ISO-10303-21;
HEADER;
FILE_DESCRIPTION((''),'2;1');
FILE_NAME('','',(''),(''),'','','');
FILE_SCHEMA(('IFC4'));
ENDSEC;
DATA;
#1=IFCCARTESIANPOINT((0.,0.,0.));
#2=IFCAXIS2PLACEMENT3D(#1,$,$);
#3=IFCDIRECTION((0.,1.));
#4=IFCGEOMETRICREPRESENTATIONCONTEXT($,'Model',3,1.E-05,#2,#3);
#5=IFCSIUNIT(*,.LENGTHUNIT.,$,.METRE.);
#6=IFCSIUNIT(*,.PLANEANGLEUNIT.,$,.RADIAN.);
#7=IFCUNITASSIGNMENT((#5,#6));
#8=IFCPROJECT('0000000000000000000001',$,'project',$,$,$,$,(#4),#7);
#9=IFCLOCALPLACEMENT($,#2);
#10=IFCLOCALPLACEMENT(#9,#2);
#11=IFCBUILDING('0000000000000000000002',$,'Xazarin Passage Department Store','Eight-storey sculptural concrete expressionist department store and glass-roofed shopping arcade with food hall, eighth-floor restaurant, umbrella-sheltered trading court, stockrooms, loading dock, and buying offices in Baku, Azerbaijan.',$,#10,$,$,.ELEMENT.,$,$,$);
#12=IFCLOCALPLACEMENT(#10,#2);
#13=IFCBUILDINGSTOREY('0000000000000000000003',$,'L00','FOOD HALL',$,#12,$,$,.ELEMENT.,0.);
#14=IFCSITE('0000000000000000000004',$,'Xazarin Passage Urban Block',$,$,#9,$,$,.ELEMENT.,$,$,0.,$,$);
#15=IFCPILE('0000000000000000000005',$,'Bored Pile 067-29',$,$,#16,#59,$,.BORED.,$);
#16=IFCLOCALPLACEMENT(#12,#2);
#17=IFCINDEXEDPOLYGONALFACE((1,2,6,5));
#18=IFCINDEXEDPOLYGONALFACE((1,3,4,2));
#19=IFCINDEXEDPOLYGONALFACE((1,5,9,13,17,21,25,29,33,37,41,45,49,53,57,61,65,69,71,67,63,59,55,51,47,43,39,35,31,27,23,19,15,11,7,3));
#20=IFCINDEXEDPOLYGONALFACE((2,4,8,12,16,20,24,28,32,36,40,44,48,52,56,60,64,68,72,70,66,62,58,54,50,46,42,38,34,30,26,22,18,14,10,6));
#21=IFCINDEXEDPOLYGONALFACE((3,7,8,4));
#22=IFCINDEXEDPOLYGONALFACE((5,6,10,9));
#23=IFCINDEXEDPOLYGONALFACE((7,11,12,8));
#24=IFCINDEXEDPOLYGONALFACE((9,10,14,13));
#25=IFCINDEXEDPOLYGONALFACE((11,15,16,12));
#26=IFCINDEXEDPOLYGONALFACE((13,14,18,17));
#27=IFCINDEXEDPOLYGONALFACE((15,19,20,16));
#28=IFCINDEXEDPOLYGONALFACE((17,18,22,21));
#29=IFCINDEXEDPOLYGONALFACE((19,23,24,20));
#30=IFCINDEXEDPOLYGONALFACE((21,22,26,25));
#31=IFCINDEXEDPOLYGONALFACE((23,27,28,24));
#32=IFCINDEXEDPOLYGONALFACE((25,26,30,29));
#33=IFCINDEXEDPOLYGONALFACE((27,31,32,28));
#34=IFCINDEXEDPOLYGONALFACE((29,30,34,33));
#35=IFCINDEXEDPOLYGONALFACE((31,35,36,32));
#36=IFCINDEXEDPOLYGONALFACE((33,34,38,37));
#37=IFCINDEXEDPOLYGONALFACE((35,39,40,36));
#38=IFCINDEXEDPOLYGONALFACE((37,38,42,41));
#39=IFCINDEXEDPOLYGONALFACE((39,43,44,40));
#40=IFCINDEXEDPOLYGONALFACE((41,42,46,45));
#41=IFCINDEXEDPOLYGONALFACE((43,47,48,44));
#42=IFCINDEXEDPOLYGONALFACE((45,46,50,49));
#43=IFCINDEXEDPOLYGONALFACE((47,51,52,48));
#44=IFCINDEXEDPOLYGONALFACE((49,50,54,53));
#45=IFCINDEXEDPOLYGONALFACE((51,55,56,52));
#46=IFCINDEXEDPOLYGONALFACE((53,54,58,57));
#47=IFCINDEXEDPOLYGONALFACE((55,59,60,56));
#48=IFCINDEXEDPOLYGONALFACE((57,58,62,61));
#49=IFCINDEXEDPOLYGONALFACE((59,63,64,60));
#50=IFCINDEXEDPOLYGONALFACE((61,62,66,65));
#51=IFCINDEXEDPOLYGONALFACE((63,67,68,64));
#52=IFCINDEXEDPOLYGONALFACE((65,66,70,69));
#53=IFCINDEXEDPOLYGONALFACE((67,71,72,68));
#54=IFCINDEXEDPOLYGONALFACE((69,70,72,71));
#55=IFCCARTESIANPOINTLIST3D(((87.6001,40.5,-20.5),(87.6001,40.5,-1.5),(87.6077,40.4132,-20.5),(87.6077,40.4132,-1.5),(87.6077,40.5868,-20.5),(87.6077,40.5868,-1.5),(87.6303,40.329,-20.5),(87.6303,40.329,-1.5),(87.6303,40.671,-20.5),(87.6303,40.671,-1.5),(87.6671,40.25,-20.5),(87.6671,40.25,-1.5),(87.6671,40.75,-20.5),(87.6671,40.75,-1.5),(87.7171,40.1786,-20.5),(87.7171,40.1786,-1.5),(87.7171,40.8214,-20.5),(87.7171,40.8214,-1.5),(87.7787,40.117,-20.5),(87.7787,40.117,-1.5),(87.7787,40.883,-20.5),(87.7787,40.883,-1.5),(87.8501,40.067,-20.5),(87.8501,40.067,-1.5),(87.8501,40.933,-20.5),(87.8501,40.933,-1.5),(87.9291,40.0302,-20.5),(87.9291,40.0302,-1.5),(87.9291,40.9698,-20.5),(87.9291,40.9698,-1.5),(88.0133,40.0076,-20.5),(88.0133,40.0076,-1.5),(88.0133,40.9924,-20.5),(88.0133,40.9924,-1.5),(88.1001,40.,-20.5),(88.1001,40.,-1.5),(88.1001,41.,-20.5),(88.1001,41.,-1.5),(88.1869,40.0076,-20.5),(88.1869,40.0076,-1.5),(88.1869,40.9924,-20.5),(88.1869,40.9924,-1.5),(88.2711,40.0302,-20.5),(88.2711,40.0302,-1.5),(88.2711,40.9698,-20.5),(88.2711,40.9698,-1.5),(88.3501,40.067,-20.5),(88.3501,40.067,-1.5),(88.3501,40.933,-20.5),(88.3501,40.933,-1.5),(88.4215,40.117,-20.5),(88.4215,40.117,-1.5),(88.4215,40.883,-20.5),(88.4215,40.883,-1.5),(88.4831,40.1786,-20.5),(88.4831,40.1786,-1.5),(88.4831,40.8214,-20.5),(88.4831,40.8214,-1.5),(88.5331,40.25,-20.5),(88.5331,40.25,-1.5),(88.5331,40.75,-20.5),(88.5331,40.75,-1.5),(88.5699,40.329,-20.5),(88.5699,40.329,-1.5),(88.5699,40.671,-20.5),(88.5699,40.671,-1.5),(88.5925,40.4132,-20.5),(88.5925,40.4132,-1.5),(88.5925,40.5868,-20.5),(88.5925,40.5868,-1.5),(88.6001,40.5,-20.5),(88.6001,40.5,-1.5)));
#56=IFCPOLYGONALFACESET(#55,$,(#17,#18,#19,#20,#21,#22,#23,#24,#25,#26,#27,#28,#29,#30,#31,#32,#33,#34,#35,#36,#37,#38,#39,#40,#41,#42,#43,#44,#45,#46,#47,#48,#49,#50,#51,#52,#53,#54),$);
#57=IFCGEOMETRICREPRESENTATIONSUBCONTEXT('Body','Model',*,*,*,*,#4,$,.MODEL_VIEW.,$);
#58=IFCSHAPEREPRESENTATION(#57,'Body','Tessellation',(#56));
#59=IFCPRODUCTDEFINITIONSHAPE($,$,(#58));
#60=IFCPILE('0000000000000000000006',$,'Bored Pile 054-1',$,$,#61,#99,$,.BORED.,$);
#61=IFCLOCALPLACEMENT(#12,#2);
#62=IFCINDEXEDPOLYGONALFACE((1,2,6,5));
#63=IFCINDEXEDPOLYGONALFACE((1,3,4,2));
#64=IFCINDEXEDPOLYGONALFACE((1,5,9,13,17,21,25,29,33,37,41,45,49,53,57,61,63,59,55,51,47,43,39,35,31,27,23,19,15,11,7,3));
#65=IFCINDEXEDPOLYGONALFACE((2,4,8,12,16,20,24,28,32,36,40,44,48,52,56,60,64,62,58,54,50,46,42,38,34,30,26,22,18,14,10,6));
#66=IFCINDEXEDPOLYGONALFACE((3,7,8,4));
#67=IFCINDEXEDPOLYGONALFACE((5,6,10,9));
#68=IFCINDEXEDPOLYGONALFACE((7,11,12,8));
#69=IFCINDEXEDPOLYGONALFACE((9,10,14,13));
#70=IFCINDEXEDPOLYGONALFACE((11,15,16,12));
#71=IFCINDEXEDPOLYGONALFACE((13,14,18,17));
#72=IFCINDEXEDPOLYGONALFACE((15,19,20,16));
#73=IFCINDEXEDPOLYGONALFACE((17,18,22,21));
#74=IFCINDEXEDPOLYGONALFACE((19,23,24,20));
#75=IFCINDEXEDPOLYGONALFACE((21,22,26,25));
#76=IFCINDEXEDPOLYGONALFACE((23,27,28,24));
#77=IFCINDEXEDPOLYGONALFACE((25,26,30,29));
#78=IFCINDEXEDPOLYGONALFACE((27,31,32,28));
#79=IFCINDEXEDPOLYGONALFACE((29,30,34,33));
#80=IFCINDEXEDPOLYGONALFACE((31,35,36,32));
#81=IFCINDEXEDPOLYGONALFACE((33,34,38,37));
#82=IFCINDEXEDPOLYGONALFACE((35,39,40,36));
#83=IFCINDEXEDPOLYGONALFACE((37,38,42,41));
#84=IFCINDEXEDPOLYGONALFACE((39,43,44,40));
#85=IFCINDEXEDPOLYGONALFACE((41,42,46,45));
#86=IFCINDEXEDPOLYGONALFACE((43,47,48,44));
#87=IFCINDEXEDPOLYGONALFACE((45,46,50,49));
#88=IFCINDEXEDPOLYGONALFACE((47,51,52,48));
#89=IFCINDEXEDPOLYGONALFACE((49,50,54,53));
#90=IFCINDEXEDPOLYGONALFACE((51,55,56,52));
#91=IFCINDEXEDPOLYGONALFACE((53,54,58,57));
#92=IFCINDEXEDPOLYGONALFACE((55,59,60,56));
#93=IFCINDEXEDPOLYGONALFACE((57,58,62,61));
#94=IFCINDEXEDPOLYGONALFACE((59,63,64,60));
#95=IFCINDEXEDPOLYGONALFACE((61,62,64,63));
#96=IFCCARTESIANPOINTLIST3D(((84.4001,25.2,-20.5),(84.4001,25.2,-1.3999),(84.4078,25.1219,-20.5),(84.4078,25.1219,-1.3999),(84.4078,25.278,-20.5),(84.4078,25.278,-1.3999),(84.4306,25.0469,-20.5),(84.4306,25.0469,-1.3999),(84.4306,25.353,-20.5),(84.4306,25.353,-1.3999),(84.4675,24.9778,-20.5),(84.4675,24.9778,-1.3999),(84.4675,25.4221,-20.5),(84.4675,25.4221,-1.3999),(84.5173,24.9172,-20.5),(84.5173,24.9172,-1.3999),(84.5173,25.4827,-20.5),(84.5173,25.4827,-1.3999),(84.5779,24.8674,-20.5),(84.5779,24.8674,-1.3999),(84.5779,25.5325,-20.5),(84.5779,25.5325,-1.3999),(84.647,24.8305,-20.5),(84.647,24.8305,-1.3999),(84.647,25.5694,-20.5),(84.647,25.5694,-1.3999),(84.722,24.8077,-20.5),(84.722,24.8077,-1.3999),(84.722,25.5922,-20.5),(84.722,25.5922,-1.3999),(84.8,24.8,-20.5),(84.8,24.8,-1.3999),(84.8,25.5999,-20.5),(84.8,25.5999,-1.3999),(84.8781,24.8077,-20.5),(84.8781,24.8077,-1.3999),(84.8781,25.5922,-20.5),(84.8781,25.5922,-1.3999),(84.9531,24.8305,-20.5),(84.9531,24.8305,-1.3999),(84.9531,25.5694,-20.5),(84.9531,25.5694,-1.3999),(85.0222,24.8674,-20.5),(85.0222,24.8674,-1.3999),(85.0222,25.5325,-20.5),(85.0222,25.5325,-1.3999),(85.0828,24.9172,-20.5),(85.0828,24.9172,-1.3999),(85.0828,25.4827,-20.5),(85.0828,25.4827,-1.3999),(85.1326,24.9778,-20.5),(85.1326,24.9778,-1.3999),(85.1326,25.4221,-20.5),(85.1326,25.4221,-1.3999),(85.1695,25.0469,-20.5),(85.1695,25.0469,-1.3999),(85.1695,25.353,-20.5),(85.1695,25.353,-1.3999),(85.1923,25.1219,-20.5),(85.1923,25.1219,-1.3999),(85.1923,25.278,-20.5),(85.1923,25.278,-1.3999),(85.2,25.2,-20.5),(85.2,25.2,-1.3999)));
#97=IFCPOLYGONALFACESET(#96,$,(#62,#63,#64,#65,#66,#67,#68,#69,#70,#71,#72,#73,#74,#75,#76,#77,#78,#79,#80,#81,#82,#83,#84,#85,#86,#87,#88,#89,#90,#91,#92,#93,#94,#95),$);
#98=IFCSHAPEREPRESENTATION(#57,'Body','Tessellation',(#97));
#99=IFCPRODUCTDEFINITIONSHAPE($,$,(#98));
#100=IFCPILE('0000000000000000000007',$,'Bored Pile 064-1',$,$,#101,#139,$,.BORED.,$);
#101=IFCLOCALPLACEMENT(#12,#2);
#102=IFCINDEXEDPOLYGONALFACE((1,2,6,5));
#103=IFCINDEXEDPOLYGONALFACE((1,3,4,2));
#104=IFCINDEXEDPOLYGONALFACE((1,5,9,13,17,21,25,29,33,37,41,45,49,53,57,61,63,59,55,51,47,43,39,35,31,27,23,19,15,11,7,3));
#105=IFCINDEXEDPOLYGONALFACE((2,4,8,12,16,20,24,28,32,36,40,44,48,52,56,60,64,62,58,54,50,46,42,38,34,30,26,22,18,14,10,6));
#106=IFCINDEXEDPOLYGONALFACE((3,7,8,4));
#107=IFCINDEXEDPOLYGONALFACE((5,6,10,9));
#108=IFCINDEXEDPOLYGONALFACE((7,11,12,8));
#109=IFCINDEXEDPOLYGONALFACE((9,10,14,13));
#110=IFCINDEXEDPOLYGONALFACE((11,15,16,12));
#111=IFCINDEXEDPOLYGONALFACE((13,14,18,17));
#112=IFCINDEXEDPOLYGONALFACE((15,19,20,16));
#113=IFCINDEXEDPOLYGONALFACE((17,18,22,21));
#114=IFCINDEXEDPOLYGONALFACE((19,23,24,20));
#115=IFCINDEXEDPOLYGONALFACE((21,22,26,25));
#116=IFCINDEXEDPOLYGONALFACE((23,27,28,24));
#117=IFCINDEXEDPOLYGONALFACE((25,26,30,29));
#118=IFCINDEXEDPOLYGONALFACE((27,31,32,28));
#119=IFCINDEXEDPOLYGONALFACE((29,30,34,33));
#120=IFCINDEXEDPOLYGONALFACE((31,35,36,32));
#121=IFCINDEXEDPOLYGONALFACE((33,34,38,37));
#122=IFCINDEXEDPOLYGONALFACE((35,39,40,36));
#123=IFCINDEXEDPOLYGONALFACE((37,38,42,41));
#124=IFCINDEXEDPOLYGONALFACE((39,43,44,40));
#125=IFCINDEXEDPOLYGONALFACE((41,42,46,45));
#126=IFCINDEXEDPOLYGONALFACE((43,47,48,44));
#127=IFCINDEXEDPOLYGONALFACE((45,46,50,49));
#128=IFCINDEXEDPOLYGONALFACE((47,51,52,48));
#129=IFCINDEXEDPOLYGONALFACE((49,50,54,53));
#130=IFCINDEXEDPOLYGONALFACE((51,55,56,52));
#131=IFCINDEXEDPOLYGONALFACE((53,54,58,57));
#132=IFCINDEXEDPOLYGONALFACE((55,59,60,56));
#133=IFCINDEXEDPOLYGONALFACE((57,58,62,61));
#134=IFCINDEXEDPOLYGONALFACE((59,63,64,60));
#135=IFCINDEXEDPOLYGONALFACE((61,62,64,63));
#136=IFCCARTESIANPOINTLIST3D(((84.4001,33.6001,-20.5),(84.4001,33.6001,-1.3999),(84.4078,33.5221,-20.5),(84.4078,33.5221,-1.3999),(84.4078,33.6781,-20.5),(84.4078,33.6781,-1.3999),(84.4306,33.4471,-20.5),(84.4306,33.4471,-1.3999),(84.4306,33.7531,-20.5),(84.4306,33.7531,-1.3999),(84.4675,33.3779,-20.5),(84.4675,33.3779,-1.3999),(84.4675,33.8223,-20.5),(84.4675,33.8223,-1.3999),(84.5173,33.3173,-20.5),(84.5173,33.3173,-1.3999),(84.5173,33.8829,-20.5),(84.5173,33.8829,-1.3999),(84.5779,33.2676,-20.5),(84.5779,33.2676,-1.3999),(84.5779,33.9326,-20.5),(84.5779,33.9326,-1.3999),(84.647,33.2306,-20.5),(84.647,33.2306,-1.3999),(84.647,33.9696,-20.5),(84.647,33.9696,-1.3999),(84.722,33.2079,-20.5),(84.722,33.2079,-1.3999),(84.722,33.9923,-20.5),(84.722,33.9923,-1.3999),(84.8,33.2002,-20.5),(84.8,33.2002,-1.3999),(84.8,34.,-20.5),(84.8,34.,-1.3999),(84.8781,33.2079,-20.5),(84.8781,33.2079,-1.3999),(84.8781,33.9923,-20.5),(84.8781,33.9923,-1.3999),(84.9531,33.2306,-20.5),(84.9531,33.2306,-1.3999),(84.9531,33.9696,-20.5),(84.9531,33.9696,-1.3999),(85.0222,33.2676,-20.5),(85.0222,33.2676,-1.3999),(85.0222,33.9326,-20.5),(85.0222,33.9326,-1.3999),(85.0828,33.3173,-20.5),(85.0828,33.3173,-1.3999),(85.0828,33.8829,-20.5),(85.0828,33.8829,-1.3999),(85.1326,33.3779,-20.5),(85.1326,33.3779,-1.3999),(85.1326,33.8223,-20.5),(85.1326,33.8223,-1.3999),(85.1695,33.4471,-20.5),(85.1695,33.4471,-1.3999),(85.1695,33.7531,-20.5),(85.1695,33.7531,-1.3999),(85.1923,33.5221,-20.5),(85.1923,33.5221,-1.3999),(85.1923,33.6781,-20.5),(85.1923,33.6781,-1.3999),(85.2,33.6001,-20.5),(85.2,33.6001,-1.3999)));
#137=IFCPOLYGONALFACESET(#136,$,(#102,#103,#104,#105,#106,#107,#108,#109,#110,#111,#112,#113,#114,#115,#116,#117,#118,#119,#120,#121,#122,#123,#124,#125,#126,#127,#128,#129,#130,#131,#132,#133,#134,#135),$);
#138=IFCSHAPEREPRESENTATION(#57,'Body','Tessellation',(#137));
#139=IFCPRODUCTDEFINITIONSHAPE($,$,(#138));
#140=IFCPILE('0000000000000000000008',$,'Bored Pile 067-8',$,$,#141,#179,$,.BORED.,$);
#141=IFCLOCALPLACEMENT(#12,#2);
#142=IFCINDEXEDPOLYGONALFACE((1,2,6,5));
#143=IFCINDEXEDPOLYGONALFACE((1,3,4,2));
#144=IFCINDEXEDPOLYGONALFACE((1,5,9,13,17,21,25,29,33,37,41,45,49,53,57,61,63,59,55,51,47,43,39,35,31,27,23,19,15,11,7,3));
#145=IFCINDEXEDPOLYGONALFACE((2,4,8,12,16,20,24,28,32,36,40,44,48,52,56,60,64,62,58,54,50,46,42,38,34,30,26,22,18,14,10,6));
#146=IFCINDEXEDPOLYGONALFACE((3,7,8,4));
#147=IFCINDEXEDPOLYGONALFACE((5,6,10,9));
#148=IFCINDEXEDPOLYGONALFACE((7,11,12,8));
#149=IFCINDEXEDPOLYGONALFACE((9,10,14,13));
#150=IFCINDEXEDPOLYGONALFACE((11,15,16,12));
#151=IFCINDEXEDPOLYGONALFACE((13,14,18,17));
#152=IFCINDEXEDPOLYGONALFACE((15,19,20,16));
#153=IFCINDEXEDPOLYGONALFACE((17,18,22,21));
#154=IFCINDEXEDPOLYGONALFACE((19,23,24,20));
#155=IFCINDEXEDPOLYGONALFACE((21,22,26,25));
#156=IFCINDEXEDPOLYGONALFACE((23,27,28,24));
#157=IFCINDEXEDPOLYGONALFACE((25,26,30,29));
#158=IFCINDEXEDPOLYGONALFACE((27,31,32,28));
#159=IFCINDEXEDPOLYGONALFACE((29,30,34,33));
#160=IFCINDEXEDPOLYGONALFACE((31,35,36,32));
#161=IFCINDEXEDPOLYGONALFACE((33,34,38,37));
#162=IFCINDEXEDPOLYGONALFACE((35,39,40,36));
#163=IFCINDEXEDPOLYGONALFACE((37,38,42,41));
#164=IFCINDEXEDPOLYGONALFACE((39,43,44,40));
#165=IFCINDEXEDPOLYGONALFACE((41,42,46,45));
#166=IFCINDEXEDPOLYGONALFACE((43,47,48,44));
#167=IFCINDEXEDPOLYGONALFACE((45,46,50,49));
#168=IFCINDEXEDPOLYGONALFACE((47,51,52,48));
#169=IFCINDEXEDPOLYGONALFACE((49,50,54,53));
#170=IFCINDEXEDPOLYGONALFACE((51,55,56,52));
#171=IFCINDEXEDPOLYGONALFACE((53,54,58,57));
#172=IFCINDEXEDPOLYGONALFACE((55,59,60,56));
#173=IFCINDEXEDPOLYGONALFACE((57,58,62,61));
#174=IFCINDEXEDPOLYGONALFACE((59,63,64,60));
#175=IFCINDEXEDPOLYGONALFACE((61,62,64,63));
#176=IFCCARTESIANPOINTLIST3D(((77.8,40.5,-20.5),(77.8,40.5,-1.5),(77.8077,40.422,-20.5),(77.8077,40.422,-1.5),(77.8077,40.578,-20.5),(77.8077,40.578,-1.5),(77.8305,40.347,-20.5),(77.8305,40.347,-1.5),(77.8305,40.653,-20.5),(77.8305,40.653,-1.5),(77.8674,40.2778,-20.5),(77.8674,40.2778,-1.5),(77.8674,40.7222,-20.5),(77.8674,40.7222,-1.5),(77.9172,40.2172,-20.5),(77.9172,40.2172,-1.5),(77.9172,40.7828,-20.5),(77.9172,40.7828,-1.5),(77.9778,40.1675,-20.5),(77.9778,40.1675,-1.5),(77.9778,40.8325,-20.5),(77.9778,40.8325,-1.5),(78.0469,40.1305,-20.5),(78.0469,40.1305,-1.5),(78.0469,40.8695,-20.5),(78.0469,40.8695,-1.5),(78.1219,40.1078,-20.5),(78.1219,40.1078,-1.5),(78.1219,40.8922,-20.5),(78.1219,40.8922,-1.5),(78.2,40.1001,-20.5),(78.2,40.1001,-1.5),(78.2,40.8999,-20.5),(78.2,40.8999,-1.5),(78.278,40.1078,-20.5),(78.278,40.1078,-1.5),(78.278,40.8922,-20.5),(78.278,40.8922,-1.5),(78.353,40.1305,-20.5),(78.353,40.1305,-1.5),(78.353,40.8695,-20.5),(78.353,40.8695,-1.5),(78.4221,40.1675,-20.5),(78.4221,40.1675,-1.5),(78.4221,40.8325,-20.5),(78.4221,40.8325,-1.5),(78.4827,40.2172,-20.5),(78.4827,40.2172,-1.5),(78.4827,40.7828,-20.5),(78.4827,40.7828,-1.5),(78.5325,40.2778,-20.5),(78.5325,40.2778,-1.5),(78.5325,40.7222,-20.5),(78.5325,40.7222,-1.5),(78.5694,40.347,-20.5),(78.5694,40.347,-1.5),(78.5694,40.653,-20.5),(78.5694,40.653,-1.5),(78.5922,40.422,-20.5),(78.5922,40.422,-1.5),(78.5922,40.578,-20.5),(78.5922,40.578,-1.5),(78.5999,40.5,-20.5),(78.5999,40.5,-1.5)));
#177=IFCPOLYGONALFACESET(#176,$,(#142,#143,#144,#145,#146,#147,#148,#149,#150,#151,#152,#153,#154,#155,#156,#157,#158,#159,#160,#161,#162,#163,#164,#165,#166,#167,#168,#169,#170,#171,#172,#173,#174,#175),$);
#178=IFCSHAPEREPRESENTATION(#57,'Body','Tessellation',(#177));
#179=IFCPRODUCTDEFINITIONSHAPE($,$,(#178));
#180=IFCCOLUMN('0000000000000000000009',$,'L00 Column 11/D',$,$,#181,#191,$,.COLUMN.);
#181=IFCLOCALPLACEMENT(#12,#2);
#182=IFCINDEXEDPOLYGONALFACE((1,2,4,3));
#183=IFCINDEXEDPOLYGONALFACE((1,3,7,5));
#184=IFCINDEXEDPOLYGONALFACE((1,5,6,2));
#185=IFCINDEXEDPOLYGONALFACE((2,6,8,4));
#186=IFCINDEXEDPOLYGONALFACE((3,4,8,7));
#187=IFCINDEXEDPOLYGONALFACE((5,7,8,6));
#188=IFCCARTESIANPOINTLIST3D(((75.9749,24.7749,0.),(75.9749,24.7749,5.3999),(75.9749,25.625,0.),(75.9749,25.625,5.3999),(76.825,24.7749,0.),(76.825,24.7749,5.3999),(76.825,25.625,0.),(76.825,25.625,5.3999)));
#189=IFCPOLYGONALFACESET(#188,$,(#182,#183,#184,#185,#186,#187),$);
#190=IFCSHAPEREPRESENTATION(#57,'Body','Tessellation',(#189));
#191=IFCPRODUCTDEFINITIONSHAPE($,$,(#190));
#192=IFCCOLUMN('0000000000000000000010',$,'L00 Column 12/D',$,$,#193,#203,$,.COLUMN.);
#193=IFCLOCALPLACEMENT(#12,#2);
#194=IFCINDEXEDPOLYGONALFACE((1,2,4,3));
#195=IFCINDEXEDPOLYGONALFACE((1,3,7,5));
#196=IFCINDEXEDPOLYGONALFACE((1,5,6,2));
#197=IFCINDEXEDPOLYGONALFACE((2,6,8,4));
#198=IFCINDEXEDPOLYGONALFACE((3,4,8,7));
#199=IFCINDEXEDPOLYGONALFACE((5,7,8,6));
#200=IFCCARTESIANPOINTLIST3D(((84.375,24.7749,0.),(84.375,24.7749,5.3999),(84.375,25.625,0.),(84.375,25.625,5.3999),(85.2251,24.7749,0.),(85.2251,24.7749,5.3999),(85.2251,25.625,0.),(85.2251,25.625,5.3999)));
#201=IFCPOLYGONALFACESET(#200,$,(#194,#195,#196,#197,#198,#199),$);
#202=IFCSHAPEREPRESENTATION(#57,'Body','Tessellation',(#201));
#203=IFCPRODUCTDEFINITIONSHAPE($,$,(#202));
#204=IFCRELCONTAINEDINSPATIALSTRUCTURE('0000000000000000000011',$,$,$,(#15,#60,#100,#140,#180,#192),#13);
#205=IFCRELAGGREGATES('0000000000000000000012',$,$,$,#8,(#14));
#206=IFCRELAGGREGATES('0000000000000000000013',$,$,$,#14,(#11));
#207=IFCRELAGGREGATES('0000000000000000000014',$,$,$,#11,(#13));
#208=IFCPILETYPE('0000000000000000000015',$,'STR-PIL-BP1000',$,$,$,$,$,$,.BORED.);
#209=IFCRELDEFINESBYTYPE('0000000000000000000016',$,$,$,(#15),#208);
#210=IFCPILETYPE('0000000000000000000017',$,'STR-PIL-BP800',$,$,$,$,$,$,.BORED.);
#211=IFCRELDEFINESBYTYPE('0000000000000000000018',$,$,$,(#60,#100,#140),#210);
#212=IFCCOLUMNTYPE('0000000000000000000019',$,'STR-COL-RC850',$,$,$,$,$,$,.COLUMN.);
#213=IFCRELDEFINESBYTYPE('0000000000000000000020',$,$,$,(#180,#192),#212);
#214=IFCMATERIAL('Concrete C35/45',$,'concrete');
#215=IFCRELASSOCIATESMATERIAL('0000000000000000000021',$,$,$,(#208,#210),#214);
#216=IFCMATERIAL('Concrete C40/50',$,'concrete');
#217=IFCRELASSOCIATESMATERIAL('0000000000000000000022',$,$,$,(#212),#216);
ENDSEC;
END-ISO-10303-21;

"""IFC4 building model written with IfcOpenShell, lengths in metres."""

from ifc_helpers import new_model, si_unit, direction, frame, origin, origin_2d, place, context, subcontext, project, spatial, rectangle, circle, extrude, material, material_profile, profile_set, type_object, element, save


model = new_model("IFC4")

# Units and contexts
model_context = context("Model", 3, precision=1e-05, world=origin(), true_north=direction((0.0, 1.0)))
body_context = subcontext(model_context, "Body", "Model", "MODEL_VIEW")
ifc_project = project(units=[si_unit("LENGTHUNIT", "METRE"), si_unit("PLANEANGLEUNIT", "RADIAN")], contexts=[model_context])

# Site, building, storey
site_placement = place(None, origin())
site = spatial("IfcSite", under=ifc_project, at=site_placement, Name="Xazarin Passage Urban Block", CompositionType="ELEMENT", RefElevation=0.0)
building_placement = place(site_placement, origin())
building = spatial("IfcBuilding", under=site, at=building_placement, Name="Xazarin Passage Department Store", Description="Eight-storey sculptural concrete expressionist department store and glass-roofed shopping arcade with food hall, eighth-floor restaurant, umbrella-sheltered trading court, stockrooms, loading dock, and buying offices in Baku, Azerbaijan.", CompositionType="ELEMENT")
storey_placement = place(building_placement, origin())
storey = spatial("IfcBuildingStorey", under=building, at=storey_placement, Name="L00", Description="FOOD HALL", CompositionType="ELEMENT", Elevation=0.0)

# Shared definitions
ifc_material_1 = material(Name="Concrete C35/45", Category="concrete")

# Piles
ifc_material_profile_1 = material_profile(ifc_material_1, circle(Radius=0.5, at=origin_2d()), Name="BP 1000")
ifc_profile_set_1 = profile_set([ifc_material_profile_1], Name="Concrete C35/45")
pile_type_1 = type_object("IfcPileType", Name="STR-PIL-BP1000", PredefinedType="BORED", material=ifc_profile_set_1)
for number, where, z_axis, x_axis, name in (
    (1, (88.1001, 40.5, -1.5), (0.0, 0.0, -1.0), (1.0, 0.0, 0.0), "Bored Pile 067-29"),
):
    element("IfcPile", number, at=place(storey_placement, frame(where, z_axis=z_axis, x_axis=x_axis)), inside=storey, type_object=pile_type_1, Name=name, PredefinedType="BORED", context=body_context, shape_type="SweptSolid", body=[
        extrude(circle(Radius=0.5, at=origin_2d()), origin(), (0.0, 0.0, 1.0), 19.0),
    ])
ifc_material_profile_2 = material_profile(ifc_material_1, circle(Radius=0.3999, at=origin_2d()), Name="BP 800")
ifc_profile_set_2 = profile_set([ifc_material_profile_2], Name="Concrete C35/45")
pile_type_2 = type_object("IfcPileType", Name="STR-PIL-BP800", PredefinedType="BORED", material=ifc_profile_set_2)
for number, where, z_axis, x_axis, name in (
    (2, (84.8, 25.2, -1.3999), (0.0, 0.0, -1.0), (1.0, 0.0, 0.0), "Bored Pile 054-1"),
    (3, (84.8, 33.6001, -1.3999), (0.0, 0.0, -1.0), (1.0, 0.0, 0.0), "Bored Pile 064-1"),
):
    element("IfcPile", number, at=place(storey_placement, frame(where, z_axis=z_axis, x_axis=x_axis)), inside=storey, type_object=pile_type_2, Name=name, PredefinedType="BORED", context=body_context, shape_type="SweptSolid", body=[
        extrude(circle(Radius=0.3999, at=origin_2d()), origin(), (0.0, 0.0, 1.0), 19.1001),
    ])
pile_1_placement = place(storey_placement, frame((78.2, 40.5, -1.5), z_axis=(0.0, 0.0, -1.0), x_axis=(1.0, 0.0, 0.0)))
element("IfcPile", 4, at=pile_1_placement, inside=storey, type_object=pile_type_2, Name="Bored Pile 067-8", PredefinedType="BORED", context=body_context, shape_type="SweptSolid", body=[
    extrude(circle(Radius=0.3999, at=origin_2d()), origin(), (0.0, 0.0, 1.0), 19.0),
])

# Columns
ifc_material_2 = material(Name="Concrete C40/50", Category="concrete")
ifc_material_profile_3 = material_profile(ifc_material_2, rectangle(XDim=0.8501, YDim=0.8501, at=origin_2d()), Name="RC 850x850")
ifc_profile_set_3 = profile_set([ifc_material_profile_3], Name="Concrete C40/50")
column_type = type_object("IfcColumnType", Name="STR-COL-RC850", PredefinedType="COLUMN", material=ifc_profile_set_3)
for number, where, z_axis, x_axis, name in (
    (5, (76.3999, 25.2, 0.0), (0.0, 0.0, 1.0), (1.0, 0.0, 0.0), "L00 Column 11/D"),
    (6, (84.8, 25.2, 0.0), (0.0, 0.0, 1.0), (1.0, 0.0, 0.0), "L00 Column 12/D"),
):
    element("IfcColumn", number, at=place(storey_placement, frame(where, z_axis=z_axis, x_axis=x_axis)), inside=storey, type_object=column_type, Name=name, PredefinedType="COLUMN", context=body_context, shape_type="SweptSolid", body=[
        extrude(rectangle(XDim=0.8501, YDim=0.8501, at=origin_2d()), origin(), (0.0, 0.0, 1.0), 5.3999),
    ])

save(model, "model.ifc")
